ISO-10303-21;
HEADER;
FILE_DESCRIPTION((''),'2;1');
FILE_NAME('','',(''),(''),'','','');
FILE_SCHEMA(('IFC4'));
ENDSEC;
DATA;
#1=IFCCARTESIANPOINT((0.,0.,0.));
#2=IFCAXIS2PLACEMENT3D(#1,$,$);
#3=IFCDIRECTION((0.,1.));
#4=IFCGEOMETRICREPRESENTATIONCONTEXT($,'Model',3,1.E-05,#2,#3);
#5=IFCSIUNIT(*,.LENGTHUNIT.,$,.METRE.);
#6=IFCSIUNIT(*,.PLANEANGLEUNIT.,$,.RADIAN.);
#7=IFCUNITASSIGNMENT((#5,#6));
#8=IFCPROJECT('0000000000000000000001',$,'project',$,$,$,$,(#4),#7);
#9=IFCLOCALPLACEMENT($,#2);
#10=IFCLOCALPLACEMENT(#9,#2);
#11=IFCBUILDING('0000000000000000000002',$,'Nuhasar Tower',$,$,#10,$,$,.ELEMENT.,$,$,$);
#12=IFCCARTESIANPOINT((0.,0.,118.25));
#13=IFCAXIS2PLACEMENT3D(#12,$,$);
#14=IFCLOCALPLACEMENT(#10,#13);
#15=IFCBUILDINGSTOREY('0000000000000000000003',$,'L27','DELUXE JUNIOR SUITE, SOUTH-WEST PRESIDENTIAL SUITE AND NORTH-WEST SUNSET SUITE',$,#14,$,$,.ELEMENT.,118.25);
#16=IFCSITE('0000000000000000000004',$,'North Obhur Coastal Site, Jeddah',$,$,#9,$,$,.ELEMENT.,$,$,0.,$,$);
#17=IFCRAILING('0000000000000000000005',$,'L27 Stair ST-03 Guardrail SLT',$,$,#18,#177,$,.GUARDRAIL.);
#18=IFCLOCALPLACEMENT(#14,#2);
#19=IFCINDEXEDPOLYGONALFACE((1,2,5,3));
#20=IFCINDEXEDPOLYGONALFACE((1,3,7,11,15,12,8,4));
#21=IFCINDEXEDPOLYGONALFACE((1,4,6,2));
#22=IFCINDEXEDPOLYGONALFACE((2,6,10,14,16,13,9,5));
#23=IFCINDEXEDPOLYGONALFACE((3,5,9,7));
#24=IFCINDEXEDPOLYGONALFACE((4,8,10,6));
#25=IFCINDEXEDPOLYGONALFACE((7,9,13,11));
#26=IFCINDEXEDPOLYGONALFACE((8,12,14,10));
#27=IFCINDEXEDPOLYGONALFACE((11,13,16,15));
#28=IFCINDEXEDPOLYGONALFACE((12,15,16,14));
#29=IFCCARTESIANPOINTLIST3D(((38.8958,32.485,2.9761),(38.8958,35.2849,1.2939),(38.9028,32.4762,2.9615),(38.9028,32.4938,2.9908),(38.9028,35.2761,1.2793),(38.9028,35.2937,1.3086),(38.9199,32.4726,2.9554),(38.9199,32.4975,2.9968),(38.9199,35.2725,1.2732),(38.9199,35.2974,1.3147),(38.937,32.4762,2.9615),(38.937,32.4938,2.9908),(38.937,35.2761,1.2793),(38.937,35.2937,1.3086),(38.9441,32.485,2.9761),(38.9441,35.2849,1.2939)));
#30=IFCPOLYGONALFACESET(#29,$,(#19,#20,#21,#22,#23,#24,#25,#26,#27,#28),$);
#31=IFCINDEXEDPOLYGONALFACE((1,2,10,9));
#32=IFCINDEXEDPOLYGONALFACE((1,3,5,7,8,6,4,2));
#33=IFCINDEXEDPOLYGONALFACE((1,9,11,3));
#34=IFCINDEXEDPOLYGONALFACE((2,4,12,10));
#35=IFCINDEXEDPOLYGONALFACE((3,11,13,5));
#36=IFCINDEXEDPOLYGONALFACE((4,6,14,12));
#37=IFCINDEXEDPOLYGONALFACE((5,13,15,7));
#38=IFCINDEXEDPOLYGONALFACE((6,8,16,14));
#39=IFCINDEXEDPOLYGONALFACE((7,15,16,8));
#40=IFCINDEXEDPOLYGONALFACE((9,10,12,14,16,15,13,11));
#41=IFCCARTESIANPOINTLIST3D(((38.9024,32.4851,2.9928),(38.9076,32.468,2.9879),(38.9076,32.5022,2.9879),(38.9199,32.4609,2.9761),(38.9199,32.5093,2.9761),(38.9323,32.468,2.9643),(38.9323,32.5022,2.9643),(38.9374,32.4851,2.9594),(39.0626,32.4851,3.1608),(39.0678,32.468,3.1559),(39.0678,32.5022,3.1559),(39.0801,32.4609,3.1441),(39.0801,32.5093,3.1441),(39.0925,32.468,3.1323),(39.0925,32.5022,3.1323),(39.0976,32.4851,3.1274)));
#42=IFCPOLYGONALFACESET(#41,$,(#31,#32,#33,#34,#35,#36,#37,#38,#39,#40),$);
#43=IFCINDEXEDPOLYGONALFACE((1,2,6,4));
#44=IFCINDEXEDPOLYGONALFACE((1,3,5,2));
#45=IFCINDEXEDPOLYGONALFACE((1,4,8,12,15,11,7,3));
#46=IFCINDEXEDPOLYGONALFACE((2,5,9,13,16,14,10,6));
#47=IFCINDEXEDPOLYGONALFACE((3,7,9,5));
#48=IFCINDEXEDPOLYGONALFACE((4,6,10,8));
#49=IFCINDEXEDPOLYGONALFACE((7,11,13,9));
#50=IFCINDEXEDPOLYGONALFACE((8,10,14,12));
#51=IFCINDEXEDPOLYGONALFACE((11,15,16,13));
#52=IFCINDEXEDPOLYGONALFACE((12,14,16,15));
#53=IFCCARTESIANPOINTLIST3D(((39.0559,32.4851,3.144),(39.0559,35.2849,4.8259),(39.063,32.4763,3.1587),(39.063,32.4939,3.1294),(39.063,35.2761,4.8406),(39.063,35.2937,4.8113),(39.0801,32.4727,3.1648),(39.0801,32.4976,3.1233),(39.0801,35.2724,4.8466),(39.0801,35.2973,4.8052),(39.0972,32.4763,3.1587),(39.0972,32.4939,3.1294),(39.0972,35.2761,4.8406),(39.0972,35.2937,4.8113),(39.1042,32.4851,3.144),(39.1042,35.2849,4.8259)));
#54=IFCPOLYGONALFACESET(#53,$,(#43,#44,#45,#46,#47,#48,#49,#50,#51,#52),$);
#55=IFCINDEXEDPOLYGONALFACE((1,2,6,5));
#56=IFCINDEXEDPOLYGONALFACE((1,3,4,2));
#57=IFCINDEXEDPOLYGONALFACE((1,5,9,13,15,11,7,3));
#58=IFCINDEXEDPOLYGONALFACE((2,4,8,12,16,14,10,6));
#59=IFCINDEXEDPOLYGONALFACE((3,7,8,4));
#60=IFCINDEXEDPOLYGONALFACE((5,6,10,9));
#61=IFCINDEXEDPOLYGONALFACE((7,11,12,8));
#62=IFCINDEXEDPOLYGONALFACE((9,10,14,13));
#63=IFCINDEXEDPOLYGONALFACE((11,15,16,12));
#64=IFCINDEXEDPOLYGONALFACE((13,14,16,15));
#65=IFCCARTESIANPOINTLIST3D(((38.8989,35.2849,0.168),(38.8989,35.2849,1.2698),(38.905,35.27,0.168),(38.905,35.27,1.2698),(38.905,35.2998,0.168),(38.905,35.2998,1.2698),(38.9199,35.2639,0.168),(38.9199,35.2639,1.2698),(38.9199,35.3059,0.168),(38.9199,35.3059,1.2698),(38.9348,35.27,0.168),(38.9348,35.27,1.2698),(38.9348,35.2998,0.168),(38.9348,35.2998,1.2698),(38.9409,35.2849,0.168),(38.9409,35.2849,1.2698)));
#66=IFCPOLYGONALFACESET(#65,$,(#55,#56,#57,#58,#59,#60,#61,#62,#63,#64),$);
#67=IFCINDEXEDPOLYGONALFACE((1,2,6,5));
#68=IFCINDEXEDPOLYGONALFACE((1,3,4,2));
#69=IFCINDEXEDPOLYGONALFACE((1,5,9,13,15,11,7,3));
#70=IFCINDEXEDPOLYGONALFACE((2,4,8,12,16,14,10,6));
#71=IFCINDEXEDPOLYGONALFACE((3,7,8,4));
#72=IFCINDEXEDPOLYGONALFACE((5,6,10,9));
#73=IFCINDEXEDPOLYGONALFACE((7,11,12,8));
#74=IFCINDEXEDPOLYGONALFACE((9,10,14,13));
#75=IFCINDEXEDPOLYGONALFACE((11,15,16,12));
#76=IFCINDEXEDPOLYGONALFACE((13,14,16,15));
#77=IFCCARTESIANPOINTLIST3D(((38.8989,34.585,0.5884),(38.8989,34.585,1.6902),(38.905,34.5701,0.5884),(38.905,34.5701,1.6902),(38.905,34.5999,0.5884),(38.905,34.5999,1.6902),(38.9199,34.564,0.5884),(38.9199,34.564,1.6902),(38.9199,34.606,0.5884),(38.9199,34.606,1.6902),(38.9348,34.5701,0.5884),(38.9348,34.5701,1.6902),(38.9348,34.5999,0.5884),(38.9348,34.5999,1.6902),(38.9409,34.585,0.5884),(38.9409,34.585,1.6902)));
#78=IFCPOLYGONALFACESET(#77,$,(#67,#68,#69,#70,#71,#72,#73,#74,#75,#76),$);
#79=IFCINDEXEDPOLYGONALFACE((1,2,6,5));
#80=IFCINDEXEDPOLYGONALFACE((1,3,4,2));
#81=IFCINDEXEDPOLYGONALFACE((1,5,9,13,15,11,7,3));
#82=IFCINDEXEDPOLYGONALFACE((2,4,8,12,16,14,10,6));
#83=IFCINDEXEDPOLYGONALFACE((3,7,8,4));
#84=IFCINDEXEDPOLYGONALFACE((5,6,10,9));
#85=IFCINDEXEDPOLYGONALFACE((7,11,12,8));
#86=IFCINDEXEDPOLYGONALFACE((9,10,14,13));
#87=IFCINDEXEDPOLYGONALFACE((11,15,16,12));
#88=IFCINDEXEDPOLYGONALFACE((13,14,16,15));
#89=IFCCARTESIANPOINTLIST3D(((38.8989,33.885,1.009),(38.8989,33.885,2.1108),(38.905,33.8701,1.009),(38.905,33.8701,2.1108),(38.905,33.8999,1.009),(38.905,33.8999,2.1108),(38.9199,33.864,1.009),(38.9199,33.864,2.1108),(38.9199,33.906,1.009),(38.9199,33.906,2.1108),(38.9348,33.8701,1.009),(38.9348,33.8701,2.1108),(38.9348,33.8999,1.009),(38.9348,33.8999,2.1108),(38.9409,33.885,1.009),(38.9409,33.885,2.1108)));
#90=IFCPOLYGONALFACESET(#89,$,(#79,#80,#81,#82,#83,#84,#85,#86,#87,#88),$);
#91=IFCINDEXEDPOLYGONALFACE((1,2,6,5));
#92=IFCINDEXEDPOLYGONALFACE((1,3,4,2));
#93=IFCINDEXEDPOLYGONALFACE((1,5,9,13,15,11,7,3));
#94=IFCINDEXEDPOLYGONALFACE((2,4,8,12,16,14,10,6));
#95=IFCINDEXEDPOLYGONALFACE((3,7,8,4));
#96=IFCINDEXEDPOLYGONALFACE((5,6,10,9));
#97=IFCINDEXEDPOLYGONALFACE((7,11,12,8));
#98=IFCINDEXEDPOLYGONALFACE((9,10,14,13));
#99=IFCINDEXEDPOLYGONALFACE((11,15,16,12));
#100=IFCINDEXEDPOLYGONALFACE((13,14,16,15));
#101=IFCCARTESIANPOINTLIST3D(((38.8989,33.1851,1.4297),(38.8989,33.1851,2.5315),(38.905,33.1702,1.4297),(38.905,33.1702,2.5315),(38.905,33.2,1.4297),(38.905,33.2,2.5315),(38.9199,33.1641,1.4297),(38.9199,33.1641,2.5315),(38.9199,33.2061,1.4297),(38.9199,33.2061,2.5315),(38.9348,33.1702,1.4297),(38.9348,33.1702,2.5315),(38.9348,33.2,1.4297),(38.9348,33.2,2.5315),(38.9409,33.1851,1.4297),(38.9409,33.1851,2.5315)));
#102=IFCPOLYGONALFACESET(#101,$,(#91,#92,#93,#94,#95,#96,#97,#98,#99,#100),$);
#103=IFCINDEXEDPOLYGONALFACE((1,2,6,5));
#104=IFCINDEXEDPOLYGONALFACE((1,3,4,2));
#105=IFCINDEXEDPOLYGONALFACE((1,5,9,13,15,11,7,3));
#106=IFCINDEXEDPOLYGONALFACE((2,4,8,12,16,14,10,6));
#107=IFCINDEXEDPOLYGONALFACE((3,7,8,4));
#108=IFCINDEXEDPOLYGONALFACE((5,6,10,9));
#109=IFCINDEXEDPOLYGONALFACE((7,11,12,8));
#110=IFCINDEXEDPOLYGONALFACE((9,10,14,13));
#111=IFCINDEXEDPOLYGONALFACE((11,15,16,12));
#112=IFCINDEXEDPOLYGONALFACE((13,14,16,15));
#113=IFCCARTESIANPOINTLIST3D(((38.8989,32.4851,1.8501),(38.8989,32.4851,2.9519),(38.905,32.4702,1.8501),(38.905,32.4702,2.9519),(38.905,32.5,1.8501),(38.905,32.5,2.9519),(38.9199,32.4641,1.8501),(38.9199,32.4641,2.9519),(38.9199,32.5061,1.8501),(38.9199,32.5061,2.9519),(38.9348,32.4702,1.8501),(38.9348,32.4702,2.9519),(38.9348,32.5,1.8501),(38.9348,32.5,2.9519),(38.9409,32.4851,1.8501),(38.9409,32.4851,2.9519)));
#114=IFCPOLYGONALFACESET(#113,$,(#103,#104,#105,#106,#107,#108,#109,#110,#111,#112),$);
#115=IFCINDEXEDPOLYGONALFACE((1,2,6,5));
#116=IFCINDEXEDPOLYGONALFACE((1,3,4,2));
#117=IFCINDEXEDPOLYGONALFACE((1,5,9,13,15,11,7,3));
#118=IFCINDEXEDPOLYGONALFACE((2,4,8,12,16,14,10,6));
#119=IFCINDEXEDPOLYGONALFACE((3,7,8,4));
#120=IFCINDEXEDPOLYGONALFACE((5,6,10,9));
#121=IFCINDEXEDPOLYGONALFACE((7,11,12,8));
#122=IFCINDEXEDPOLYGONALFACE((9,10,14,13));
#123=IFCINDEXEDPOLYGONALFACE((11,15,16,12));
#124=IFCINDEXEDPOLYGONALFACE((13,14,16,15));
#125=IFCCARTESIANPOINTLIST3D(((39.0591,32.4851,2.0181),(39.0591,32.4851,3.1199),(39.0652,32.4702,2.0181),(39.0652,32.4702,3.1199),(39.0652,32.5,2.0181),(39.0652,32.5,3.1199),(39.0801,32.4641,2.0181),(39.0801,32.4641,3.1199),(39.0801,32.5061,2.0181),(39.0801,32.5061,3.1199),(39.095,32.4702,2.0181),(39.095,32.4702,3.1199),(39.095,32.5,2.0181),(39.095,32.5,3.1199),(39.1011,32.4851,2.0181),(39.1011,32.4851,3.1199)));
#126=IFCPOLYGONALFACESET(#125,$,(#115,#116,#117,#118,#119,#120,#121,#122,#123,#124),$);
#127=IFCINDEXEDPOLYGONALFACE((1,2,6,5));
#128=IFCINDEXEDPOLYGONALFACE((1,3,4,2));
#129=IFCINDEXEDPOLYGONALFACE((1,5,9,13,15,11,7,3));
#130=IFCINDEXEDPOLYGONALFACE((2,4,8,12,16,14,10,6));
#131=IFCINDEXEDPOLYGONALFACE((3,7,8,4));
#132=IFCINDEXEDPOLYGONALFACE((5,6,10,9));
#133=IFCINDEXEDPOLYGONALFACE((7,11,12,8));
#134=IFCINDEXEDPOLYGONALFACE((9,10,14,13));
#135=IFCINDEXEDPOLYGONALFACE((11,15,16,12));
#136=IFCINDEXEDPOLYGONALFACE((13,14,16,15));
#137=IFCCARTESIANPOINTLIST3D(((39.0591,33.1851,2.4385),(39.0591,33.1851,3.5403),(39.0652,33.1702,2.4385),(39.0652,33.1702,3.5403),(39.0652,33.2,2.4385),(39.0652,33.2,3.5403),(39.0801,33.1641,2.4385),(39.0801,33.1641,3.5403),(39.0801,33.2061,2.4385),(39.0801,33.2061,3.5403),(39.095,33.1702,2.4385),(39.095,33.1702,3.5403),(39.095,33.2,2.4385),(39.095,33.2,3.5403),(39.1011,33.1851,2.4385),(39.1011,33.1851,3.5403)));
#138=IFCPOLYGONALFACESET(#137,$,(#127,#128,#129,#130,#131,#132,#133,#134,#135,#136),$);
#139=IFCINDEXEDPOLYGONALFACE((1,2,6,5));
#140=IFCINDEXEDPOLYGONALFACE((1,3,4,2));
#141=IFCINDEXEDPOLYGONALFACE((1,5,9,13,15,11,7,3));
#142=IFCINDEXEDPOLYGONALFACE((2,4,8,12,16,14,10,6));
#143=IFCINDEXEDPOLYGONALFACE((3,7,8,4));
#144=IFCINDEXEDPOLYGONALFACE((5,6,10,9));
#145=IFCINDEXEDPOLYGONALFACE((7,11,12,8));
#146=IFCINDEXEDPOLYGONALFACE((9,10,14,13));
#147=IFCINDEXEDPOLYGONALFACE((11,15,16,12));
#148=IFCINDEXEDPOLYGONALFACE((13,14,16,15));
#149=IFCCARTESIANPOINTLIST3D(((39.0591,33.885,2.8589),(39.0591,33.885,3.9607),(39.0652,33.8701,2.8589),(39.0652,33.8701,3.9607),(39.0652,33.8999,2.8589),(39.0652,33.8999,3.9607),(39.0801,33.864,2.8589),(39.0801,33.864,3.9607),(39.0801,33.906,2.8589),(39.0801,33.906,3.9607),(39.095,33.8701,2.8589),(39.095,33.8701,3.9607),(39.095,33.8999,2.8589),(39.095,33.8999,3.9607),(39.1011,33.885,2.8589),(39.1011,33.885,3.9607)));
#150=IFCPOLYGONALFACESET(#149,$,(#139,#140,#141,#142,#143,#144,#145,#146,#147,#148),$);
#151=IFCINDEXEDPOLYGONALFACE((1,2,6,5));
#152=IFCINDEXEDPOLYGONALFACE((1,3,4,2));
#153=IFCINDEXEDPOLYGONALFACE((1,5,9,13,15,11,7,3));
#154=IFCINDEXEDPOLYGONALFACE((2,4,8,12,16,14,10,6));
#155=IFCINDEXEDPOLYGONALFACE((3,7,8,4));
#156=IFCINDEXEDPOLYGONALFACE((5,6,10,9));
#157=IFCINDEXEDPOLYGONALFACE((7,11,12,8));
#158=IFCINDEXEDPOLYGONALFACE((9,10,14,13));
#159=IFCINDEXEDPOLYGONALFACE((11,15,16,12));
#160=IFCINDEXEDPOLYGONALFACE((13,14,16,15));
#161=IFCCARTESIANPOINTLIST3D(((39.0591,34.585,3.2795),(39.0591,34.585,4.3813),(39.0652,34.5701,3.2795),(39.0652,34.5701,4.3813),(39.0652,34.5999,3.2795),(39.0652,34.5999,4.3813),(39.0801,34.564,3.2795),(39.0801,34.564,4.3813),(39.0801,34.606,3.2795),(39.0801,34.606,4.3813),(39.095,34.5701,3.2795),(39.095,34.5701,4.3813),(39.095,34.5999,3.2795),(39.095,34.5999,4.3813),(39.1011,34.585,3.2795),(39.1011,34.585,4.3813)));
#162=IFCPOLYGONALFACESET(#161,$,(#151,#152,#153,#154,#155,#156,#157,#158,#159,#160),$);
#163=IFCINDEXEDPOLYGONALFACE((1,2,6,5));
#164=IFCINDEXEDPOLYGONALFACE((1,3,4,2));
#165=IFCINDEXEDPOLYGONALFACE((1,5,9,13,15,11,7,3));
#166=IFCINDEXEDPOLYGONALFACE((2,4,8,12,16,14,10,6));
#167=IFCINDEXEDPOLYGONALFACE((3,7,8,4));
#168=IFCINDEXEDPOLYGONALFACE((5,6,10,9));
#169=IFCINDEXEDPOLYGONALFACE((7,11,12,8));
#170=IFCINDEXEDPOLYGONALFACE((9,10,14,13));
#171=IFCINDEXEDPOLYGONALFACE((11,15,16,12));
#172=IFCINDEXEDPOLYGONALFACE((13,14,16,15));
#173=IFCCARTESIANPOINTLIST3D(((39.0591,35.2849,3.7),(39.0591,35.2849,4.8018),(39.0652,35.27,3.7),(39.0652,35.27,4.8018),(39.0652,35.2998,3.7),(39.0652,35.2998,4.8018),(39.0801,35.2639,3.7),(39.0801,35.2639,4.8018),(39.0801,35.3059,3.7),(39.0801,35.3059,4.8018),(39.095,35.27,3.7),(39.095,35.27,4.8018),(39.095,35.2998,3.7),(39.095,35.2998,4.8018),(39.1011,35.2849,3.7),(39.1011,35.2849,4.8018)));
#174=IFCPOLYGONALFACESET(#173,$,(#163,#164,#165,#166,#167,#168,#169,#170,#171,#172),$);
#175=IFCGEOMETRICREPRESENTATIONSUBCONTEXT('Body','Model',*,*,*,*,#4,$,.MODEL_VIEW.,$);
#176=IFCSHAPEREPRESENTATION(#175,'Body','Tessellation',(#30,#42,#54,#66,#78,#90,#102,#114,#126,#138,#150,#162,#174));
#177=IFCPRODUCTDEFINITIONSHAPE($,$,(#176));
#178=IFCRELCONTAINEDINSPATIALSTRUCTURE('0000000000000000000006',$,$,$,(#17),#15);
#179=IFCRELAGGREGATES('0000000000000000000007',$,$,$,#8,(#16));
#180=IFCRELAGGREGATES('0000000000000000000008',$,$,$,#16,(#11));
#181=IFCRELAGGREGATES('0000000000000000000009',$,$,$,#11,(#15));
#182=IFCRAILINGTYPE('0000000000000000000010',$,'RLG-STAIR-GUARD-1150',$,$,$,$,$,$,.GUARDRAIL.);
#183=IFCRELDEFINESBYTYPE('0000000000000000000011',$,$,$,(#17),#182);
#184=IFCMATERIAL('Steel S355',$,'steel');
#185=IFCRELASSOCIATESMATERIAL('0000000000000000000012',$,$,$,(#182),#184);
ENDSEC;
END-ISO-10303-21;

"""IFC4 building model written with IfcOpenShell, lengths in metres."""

from ifc_helpers import new_model, si_unit, direction, frame, origin, place, context, subcontext, project, spatial, polyline, outline, extrude, material, type_object, element, save


model = new_model("IFC4")

# Units and contexts
model_context = context("Model", 3, precision=1e-05, world=origin(), true_north=direction((0.0, 1.0)))
body_context = subcontext(model_context, "Body", "Model", "MODEL_VIEW")
ifc_project = project(units=[si_unit("LENGTHUNIT", "METRE"), si_unit("PLANEANGLEUNIT", "RADIAN")], contexts=[model_context])

# Site, building, storey
site_placement = place(None, origin())
site = spatial("IfcSite", under=ifc_project, at=site_placement, Name="North Obhur Coastal Site, Jeddah", CompositionType="ELEMENT", RefElevation=0.0)
building_placement = place(site_placement, origin())
building = spatial("IfcBuilding", under=site, at=building_placement, Name="Nuhasar Tower", CompositionType="ELEMENT")
storey_placement = place(building_placement, frame((0.0, 0.0, 118.25)))
storey = spatial("IfcBuildingStorey", under=building, at=storey_placement, Name="L27", Description="DELUXE JUNIOR SUITE, SOUTH-WEST PRESIDENTIAL SUITE AND NORTH-WEST SUNSET SUITE", CompositionType="ELEMENT", Elevation=118.25)

# Shared definitions
ifc_material_1 = material(Name="Steel S355", Category="steel")

# Railing
railing_type_1 = type_object("IfcRailingType", Name="RLG-STAIR-GUARD-1150", PredefinedType="GUARDRAIL", material=ifc_material_1)
railing_1_placement = place(storey_placement, frame((38.9199, 35.2849, 0.168)))
element("IfcRailing", 1, at=railing_1_placement, inside=storey, type_object=railing_type_1, Name="L27 Stair ST-03 Guardrail SLT", PredefinedType="GUARDRAIL", context=body_context, shape_type="SweptSolid", body=[
    extrude(outline(polyline([(0.0242, 0.0), (0.0171, 0.0171), (0.0, 0.0242), (-0.0171, 0.0171), (-0.0242, 0.0), (-0.0171, -0.0171), (0.0, -0.0242), (0.0171, -0.0171), (0.0242, 0.0)])), frame((0.0, 0.0, 1.126), z_axis=(0.0, -0.857189, 0.515001), x_axis=(1.0, 0.0, 0.0)), (0.0, 0.0, 1.0), 3.2664),
    extrude(outline(polyline([(0.0242, 0.0), (0.0171, 0.0171), (0.0, 0.0242), (-0.0171, 0.0171), (-0.0242, 0.0), (-0.0171, -0.0171), (0.0, -0.0242), (0.0171, -0.0171), (0.0242, 0.0)])), frame((0.0, -2.7998, 2.8081), z_axis=(0.690075, 0.0, 0.723738), x_axis=(0.0, 1.0, 0.0)), (0.0, 0.0, 1.0), 0.2322),
    extrude(outline(polyline([(0.0242, 0.0), (0.0171, 0.0171), (0.0, 0.0242), (-0.0171, 0.0171), (-0.0242, 0.0), (-0.0171, -0.0171), (0.0, -0.0242), (0.0171, -0.0171), (0.0242, 0.0)])), frame((0.1602, -2.7998, 2.9761), z_axis=(0.0, 0.857222, 0.514946), x_axis=(-1.0, 0.0, 0.0)), (0.0, 0.0, 1.0), 3.2661),
    extrude(outline(polyline([(0.021, 0.0), (0.0149, 0.0149), (0.0, 0.021), (-0.0149, 0.0149), (-0.021, 0.0), (-0.0149, -0.0149), (0.0, -0.021), (0.0149, -0.0149), (0.021, 0.0)])), origin(), (0.0, 0.0, 1.0), 1.1018),
    extrude(outline(polyline([(0.021, 0.0), (0.0149, 0.0149), (0.0, 0.021), (-0.0149, 0.0149), (-0.021, 0.0), (-0.0149, -0.0149), (0.0, -0.021), (0.0149, -0.0149), (0.021, 0.0)])), frame((0.0, -0.7, 0.4204)), (0.0, 0.0, 1.0), 1.1018),
    extrude(outline(polyline([(0.021, 0.0), (0.0149, 0.0149), (0.0, 0.021), (-0.0149, 0.0149), (-0.021, 0.0), (-0.0149, -0.0149), (0.0, -0.021), (0.0149, -0.0149), (0.021, 0.0)])), frame((0.0, -1.3999, 0.8411)), (0.0, 0.0, 1.0), 1.1018),
    extrude(outline(polyline([(0.021, 0.0), (0.0149, 0.0149), (0.0, 0.021), (-0.0149, 0.0149), (-0.021, 0.0), (-0.0149, -0.0149), (0.0, -0.021), (0.0149, -0.0149), (0.021, 0.0)])), frame((0.0, -2.0999, 1.2617)), (0.0, 0.0, 1.0), 1.1018),
    extrude(outline(polyline([(0.021, 0.0), (0.0149, 0.0149), (0.0, 0.021), (-0.0149, 0.0149), (-0.021, 0.0), (-0.0149, -0.0149), (0.0, -0.021), (0.0149, -0.0149), (0.021, 0.0)])), frame((0.0, -2.7998, 1.6821)), (0.0, 0.0, 1.0), 1.1018),
    extrude(outline(polyline([(0.021, 0.0), (0.0149, 0.0149), (0.0, 0.021), (-0.0149, 0.0149), (-0.021, 0.0), (-0.0149, -0.0149), (0.0, -0.021), (0.0149, -0.0149), (0.021, 0.0)])), frame((0.1602, -2.7998, 1.8501)), (0.0, 0.0, 1.0), 1.1018),
    extrude(outline(polyline([(0.021, 0.0), (0.0149, 0.0149), (0.0, 0.021), (-0.0149, 0.0149), (-0.021, 0.0), (-0.0149, -0.0149), (0.0, -0.021), (0.0149, -0.0149), (0.021, 0.0)])), frame((0.1602, -2.0999, 2.2705)), (0.0, 0.0, 1.0), 1.1018),
    extrude(outline(polyline([(0.021, 0.0), (0.0149, 0.0149), (0.0, 0.021), (-0.0149, 0.0149), (-0.021, 0.0), (-0.0149, -0.0149), (0.0, -0.021), (0.0149, -0.0149), (0.021, 0.0)])), frame((0.1602, -1.3999, 2.6909)), (0.0, 0.0, 1.0), 1.1018),
    extrude(outline(polyline([(0.021, 0.0), (0.0149, 0.0149), (0.0, 0.021), (-0.0149, 0.0149), (-0.021, 0.0), (-0.0149, -0.0149), (0.0, -0.021), (0.0149, -0.0149), (0.021, 0.0)])), frame((0.1602, -0.7, 3.1116)), (0.0, 0.0, 1.0), 1.1018),
    extrude(outline(polyline([(0.021, 0.0), (0.0149, 0.0149), (0.0, 0.021), (-0.0149, 0.0149), (-0.021, 0.0), (-0.0149, -0.0149), (0.0, -0.021), (0.0149, -0.0149), (0.021, 0.0)])), frame((0.1602, 0.0, 3.532)), (0.0, 0.0, 1.0), 1.1018),
])

save(model, "model.ifc")
